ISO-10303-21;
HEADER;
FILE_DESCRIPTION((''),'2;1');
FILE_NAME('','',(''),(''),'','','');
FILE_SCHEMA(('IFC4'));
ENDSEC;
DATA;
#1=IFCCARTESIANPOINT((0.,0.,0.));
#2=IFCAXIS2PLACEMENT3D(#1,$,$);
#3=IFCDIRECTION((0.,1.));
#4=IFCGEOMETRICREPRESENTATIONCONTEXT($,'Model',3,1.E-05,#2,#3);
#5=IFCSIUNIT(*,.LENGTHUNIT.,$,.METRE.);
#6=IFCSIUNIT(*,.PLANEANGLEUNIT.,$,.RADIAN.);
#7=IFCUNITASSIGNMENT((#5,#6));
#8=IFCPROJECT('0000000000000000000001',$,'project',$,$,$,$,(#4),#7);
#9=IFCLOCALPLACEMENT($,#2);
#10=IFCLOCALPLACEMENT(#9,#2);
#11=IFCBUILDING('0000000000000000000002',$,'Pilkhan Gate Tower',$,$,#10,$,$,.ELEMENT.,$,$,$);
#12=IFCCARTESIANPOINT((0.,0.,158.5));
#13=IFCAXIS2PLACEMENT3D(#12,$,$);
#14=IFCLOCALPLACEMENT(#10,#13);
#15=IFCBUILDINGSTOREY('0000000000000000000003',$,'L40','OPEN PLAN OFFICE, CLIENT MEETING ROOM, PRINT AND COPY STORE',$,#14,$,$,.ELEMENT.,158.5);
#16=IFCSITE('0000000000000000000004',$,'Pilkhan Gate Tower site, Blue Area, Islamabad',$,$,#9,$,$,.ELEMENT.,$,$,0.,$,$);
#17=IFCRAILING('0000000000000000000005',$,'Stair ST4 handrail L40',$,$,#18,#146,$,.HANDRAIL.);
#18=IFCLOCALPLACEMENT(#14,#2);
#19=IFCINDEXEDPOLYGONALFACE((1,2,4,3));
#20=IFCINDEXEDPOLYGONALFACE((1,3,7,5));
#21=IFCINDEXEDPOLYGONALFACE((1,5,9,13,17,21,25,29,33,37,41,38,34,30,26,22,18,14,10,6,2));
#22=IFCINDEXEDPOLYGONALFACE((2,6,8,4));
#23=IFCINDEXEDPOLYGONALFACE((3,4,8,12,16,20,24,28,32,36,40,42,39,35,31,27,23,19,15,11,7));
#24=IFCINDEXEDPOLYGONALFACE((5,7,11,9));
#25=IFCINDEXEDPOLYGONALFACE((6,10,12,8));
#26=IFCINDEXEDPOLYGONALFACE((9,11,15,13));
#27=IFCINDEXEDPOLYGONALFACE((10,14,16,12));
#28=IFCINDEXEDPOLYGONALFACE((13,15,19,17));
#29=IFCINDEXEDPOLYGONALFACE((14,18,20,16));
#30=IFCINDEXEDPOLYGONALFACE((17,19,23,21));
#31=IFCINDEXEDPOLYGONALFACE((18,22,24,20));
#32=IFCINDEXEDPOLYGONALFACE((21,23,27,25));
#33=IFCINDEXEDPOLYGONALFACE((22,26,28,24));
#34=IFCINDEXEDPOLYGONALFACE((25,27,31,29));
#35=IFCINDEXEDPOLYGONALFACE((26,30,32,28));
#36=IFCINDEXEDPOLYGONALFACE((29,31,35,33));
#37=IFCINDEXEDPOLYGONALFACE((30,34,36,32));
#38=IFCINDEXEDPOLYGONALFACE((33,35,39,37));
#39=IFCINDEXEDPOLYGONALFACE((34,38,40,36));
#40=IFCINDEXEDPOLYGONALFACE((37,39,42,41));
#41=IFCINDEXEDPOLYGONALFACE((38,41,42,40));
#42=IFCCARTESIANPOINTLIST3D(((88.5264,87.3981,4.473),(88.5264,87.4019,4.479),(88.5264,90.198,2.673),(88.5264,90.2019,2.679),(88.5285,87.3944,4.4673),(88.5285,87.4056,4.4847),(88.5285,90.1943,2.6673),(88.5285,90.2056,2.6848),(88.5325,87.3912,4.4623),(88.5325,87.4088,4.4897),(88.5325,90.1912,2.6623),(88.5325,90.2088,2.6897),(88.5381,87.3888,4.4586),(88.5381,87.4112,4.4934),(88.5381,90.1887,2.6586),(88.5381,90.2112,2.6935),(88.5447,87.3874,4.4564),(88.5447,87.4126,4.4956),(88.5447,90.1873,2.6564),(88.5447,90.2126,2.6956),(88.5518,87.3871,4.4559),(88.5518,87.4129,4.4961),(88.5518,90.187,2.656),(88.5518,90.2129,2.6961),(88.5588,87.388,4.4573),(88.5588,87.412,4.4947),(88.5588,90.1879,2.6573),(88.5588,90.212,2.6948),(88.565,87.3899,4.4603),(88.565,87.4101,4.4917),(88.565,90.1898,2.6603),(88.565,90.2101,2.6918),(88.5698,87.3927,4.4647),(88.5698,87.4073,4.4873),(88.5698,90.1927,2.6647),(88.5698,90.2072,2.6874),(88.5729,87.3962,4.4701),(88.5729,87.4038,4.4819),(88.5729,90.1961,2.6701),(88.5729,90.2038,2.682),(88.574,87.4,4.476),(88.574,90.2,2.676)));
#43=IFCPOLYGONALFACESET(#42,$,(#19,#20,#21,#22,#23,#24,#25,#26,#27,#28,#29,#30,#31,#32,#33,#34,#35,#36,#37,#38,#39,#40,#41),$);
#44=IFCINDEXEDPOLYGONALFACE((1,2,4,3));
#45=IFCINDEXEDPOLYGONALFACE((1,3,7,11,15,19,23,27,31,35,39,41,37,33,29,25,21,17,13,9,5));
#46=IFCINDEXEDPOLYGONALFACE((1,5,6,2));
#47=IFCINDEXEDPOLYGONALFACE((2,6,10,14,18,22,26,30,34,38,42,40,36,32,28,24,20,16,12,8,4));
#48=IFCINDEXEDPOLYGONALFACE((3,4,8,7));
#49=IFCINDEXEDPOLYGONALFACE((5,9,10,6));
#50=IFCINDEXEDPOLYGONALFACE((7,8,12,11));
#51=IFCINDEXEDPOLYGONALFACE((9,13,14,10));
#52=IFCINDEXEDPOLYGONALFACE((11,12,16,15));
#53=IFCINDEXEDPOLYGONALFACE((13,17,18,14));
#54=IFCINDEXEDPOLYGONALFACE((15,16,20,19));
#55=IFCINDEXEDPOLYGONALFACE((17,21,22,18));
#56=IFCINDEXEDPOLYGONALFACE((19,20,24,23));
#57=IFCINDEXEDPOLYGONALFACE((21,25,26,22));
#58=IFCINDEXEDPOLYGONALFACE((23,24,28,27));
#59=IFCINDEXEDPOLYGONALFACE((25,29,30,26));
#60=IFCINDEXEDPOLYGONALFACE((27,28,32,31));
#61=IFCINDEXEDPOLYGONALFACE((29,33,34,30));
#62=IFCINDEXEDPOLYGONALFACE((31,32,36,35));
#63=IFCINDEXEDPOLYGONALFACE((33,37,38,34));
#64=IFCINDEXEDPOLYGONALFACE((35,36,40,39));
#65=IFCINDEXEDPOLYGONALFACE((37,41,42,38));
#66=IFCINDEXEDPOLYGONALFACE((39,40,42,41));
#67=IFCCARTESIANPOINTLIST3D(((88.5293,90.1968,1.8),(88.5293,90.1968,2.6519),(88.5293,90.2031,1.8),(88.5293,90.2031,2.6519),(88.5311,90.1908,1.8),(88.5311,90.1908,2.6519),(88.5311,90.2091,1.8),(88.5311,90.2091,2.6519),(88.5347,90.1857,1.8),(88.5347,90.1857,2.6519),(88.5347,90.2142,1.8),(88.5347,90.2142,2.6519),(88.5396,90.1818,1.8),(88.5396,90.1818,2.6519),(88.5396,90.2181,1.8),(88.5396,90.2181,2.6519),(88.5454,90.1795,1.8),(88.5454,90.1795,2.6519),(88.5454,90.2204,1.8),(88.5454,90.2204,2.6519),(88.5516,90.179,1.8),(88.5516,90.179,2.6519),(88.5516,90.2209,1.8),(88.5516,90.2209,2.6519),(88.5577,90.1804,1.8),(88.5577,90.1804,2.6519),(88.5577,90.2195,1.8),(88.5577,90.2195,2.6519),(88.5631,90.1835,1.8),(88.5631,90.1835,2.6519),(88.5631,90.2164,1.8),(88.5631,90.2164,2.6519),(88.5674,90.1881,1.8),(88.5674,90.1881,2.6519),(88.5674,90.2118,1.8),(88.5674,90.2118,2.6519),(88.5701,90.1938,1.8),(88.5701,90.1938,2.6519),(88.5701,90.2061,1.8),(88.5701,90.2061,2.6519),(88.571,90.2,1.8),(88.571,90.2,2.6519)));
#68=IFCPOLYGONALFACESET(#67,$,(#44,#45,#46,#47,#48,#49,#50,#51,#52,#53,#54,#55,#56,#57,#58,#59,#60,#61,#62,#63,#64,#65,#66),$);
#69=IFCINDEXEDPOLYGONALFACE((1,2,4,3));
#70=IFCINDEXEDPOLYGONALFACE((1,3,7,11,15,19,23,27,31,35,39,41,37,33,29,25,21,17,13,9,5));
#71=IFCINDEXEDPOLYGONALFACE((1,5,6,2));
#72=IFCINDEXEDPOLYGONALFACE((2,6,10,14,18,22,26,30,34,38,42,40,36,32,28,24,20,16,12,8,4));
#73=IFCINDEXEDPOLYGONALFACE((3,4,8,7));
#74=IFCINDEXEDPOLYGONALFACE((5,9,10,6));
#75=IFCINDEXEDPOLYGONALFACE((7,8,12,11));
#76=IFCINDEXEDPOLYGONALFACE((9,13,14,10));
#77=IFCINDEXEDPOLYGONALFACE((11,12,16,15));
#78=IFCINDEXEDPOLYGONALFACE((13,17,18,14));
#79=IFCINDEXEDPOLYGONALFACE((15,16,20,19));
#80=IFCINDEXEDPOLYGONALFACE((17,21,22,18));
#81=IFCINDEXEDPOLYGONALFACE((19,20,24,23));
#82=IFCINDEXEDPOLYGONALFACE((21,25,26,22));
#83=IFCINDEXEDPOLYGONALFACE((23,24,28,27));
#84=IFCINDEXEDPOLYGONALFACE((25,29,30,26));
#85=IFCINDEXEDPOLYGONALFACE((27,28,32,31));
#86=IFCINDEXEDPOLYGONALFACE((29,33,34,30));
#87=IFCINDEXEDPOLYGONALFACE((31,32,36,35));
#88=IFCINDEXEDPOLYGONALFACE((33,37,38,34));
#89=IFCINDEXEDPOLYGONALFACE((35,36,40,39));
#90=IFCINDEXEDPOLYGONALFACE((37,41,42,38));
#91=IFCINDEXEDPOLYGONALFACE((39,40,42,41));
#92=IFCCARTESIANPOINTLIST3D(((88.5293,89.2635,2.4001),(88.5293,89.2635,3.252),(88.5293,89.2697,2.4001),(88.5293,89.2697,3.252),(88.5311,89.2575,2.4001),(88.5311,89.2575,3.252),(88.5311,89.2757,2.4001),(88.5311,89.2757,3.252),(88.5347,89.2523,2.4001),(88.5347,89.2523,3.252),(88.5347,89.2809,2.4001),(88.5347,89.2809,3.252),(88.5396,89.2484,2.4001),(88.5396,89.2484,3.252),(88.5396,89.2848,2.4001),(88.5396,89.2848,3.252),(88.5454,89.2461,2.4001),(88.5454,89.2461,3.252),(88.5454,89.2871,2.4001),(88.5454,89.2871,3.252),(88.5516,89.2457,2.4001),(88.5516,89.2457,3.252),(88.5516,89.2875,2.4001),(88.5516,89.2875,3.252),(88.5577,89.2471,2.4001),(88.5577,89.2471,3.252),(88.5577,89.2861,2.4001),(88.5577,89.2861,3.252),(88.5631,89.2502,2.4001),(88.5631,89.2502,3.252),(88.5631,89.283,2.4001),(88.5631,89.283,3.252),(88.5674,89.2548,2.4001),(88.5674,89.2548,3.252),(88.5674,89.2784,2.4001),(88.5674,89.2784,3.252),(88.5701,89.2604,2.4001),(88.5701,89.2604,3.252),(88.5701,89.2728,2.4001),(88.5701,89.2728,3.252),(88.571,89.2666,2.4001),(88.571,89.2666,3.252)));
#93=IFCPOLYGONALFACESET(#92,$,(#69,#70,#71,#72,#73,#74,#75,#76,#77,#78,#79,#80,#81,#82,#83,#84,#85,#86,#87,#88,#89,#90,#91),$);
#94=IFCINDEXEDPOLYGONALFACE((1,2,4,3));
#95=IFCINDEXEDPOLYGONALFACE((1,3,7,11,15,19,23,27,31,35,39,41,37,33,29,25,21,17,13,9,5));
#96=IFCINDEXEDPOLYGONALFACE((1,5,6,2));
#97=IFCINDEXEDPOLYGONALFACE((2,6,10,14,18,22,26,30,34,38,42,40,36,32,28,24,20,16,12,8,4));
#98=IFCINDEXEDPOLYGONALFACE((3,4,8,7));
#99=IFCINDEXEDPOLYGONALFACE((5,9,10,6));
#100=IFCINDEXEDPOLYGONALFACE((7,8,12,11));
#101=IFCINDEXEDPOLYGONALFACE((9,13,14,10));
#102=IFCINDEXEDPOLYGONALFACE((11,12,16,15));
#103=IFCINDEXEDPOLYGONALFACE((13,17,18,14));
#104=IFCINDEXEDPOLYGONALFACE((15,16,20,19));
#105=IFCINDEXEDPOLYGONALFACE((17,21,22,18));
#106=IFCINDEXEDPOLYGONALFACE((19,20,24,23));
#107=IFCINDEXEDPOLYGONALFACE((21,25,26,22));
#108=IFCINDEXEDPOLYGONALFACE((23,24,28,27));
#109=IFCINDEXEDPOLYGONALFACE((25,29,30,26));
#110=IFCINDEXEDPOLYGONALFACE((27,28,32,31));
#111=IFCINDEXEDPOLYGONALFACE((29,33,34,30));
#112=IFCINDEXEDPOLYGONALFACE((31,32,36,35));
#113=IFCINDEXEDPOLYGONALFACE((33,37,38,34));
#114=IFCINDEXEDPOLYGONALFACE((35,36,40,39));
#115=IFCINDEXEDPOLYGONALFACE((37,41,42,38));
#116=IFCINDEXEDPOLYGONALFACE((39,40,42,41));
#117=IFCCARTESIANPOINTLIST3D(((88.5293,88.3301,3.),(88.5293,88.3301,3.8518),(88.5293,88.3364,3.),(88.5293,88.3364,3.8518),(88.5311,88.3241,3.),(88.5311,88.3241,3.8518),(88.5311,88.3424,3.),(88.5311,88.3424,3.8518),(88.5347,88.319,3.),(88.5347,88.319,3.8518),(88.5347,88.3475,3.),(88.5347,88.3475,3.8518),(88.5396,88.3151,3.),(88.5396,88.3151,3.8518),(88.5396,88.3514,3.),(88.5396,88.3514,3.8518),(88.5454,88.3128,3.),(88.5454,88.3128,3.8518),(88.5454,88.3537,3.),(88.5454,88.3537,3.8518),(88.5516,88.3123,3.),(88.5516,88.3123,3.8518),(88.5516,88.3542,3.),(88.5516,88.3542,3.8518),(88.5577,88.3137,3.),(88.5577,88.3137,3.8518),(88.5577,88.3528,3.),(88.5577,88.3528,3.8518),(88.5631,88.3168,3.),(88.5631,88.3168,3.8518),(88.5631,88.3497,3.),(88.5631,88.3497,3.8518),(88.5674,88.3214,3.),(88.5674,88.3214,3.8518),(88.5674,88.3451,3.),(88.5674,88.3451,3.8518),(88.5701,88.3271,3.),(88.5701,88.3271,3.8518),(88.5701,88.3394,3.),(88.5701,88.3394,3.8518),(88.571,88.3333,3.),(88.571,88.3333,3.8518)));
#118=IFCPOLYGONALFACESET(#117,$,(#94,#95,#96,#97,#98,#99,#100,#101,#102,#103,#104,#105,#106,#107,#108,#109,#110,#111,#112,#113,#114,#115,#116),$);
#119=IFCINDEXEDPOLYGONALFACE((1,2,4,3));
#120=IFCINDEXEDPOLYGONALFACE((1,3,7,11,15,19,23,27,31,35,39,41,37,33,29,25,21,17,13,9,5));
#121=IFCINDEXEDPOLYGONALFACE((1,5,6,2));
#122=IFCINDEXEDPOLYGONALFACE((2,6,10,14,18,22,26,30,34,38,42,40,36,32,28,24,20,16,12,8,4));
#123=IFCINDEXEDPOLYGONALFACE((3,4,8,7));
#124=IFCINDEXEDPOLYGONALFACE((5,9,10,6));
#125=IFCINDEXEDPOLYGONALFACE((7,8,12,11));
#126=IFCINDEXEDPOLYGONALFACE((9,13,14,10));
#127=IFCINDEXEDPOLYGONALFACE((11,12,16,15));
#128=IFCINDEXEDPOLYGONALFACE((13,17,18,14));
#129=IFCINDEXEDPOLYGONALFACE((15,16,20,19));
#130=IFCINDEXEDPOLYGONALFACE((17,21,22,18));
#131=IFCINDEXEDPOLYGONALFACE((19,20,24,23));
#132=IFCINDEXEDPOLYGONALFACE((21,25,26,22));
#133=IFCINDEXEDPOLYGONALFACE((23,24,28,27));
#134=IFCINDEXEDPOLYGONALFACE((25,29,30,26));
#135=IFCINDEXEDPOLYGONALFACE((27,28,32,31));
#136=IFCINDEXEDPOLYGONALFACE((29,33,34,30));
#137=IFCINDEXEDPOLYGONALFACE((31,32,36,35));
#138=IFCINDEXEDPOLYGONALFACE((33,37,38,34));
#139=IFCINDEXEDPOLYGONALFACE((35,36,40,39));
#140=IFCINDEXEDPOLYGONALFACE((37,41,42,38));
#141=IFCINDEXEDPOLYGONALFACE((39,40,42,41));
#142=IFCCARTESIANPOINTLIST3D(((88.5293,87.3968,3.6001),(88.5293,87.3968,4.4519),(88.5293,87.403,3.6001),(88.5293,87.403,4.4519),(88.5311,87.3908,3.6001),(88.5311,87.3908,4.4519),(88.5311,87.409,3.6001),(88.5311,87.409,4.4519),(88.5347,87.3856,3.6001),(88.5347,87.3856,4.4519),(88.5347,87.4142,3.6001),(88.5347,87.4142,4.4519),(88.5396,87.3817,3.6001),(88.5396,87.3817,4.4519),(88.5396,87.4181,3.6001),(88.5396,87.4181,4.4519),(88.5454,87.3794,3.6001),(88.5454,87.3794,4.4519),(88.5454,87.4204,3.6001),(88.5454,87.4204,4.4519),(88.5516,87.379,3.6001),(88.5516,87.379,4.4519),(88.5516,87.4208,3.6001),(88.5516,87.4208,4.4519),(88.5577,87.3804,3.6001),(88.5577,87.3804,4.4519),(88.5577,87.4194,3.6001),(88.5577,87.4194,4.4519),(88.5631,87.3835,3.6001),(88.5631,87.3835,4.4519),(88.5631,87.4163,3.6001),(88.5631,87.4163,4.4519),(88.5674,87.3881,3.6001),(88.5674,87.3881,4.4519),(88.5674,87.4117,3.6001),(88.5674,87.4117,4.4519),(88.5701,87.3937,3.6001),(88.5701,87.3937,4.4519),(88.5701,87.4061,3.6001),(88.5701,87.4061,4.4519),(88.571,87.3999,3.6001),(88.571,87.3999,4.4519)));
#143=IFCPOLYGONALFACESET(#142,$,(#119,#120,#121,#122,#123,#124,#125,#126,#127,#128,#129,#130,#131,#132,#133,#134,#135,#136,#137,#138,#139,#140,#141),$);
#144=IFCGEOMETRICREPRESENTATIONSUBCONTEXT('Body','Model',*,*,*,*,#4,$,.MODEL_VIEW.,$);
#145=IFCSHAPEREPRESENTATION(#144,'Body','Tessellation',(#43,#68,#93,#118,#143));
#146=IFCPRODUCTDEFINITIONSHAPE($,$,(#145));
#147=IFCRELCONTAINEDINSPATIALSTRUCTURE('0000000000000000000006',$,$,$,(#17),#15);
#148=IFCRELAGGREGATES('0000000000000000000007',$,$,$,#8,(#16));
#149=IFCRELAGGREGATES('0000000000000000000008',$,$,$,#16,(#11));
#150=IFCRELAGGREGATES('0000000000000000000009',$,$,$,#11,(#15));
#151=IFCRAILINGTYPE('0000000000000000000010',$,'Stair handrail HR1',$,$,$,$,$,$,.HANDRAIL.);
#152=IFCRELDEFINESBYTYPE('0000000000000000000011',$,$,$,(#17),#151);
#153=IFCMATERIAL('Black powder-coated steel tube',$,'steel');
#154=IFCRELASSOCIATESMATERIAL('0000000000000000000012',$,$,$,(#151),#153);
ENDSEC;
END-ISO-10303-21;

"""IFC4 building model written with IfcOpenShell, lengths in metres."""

from ifc_helpers import new_model, si_unit, direction, frame, origin, origin_2d, place, context, subcontext, project, spatial, circle, extrude, material, type_object, element, save


model = new_model("IFC4")

# Units and contexts
model_context = context("Model", 3, precision=1e-05, world=origin(), true_north=direction((0.0, 1.0)))
body_context = subcontext(model_context, "Body", "Model", "MODEL_VIEW")
ifc_project = project(units=[si_unit("LENGTHUNIT", "METRE"), si_unit("PLANEANGLEUNIT", "RADIAN")], contexts=[model_context])

# Site, building, storey
site_placement = place(None, origin())
site = spatial("IfcSite", under=ifc_project, at=site_placement, Name="Pilkhan Gate Tower site, Blue Area, Islamabad", CompositionType="ELEMENT", RefElevation=0.0)
building_placement = place(site_placement, origin())
building = spatial("IfcBuilding", under=site, at=building_placement, Name="Pilkhan Gate Tower", CompositionType="ELEMENT")
storey_placement = place(building_placement, frame((0.0, 0.0, 158.5)))
storey = spatial("IfcBuildingStorey", under=building, at=storey_placement, Name="L40", Description="OPEN PLAN OFFICE, CLIENT MEETING ROOM, PRINT AND COPY STORE", CompositionType="ELEMENT", Elevation=158.5)

# Railing
ifc_material_1 = material(Name="Black powder-coated steel tube", Category="steel")
railing_type_1 = type_object("IfcRailingType", Name="Stair handrail HR1", PredefinedType="HANDRAIL", material=ifc_material_1)
railing_1_placement = place(storey_placement, frame((88.55, 90.2, 1.8)))
element("IfcRailing", 1, at=railing_1_placement, inside=storey, type_object=railing_type_1, Name="Stair ST4 handrail L40", PredefinedType="HANDRAIL", context=body_context, shape_type="SweptSolid", body=[
    extrude(circle(Radius=0.0239, at=origin_2d()), frame((0.0, 0.0, 0.876), z_axis=(0.0, -0.841176, 0.540761), x_axis=(1.0, 0.0, 0.0)), (0.0, 0.0, 1.0), 3.3286),
    extrude(circle(Radius=0.021, at=origin_2d()), origin(), (0.0, 0.0, 1.0), 0.8518),
    extrude(circle(Radius=0.021, at=origin_2d()), frame((0.0, -0.9333, 0.6001)), (0.0, 0.0, 1.0), 0.8518),
    extrude(circle(Radius=0.021, at=origin_2d()), frame((0.0, -1.8667, 1.2)), (0.0, 0.0, 1.0), 0.8518),
    extrude(circle(Radius=0.021, at=origin_2d()), frame((0.0, -2.8, 1.8)), (0.0, 0.0, 1.0), 0.8518),
])

save(model, "model.ifc")
